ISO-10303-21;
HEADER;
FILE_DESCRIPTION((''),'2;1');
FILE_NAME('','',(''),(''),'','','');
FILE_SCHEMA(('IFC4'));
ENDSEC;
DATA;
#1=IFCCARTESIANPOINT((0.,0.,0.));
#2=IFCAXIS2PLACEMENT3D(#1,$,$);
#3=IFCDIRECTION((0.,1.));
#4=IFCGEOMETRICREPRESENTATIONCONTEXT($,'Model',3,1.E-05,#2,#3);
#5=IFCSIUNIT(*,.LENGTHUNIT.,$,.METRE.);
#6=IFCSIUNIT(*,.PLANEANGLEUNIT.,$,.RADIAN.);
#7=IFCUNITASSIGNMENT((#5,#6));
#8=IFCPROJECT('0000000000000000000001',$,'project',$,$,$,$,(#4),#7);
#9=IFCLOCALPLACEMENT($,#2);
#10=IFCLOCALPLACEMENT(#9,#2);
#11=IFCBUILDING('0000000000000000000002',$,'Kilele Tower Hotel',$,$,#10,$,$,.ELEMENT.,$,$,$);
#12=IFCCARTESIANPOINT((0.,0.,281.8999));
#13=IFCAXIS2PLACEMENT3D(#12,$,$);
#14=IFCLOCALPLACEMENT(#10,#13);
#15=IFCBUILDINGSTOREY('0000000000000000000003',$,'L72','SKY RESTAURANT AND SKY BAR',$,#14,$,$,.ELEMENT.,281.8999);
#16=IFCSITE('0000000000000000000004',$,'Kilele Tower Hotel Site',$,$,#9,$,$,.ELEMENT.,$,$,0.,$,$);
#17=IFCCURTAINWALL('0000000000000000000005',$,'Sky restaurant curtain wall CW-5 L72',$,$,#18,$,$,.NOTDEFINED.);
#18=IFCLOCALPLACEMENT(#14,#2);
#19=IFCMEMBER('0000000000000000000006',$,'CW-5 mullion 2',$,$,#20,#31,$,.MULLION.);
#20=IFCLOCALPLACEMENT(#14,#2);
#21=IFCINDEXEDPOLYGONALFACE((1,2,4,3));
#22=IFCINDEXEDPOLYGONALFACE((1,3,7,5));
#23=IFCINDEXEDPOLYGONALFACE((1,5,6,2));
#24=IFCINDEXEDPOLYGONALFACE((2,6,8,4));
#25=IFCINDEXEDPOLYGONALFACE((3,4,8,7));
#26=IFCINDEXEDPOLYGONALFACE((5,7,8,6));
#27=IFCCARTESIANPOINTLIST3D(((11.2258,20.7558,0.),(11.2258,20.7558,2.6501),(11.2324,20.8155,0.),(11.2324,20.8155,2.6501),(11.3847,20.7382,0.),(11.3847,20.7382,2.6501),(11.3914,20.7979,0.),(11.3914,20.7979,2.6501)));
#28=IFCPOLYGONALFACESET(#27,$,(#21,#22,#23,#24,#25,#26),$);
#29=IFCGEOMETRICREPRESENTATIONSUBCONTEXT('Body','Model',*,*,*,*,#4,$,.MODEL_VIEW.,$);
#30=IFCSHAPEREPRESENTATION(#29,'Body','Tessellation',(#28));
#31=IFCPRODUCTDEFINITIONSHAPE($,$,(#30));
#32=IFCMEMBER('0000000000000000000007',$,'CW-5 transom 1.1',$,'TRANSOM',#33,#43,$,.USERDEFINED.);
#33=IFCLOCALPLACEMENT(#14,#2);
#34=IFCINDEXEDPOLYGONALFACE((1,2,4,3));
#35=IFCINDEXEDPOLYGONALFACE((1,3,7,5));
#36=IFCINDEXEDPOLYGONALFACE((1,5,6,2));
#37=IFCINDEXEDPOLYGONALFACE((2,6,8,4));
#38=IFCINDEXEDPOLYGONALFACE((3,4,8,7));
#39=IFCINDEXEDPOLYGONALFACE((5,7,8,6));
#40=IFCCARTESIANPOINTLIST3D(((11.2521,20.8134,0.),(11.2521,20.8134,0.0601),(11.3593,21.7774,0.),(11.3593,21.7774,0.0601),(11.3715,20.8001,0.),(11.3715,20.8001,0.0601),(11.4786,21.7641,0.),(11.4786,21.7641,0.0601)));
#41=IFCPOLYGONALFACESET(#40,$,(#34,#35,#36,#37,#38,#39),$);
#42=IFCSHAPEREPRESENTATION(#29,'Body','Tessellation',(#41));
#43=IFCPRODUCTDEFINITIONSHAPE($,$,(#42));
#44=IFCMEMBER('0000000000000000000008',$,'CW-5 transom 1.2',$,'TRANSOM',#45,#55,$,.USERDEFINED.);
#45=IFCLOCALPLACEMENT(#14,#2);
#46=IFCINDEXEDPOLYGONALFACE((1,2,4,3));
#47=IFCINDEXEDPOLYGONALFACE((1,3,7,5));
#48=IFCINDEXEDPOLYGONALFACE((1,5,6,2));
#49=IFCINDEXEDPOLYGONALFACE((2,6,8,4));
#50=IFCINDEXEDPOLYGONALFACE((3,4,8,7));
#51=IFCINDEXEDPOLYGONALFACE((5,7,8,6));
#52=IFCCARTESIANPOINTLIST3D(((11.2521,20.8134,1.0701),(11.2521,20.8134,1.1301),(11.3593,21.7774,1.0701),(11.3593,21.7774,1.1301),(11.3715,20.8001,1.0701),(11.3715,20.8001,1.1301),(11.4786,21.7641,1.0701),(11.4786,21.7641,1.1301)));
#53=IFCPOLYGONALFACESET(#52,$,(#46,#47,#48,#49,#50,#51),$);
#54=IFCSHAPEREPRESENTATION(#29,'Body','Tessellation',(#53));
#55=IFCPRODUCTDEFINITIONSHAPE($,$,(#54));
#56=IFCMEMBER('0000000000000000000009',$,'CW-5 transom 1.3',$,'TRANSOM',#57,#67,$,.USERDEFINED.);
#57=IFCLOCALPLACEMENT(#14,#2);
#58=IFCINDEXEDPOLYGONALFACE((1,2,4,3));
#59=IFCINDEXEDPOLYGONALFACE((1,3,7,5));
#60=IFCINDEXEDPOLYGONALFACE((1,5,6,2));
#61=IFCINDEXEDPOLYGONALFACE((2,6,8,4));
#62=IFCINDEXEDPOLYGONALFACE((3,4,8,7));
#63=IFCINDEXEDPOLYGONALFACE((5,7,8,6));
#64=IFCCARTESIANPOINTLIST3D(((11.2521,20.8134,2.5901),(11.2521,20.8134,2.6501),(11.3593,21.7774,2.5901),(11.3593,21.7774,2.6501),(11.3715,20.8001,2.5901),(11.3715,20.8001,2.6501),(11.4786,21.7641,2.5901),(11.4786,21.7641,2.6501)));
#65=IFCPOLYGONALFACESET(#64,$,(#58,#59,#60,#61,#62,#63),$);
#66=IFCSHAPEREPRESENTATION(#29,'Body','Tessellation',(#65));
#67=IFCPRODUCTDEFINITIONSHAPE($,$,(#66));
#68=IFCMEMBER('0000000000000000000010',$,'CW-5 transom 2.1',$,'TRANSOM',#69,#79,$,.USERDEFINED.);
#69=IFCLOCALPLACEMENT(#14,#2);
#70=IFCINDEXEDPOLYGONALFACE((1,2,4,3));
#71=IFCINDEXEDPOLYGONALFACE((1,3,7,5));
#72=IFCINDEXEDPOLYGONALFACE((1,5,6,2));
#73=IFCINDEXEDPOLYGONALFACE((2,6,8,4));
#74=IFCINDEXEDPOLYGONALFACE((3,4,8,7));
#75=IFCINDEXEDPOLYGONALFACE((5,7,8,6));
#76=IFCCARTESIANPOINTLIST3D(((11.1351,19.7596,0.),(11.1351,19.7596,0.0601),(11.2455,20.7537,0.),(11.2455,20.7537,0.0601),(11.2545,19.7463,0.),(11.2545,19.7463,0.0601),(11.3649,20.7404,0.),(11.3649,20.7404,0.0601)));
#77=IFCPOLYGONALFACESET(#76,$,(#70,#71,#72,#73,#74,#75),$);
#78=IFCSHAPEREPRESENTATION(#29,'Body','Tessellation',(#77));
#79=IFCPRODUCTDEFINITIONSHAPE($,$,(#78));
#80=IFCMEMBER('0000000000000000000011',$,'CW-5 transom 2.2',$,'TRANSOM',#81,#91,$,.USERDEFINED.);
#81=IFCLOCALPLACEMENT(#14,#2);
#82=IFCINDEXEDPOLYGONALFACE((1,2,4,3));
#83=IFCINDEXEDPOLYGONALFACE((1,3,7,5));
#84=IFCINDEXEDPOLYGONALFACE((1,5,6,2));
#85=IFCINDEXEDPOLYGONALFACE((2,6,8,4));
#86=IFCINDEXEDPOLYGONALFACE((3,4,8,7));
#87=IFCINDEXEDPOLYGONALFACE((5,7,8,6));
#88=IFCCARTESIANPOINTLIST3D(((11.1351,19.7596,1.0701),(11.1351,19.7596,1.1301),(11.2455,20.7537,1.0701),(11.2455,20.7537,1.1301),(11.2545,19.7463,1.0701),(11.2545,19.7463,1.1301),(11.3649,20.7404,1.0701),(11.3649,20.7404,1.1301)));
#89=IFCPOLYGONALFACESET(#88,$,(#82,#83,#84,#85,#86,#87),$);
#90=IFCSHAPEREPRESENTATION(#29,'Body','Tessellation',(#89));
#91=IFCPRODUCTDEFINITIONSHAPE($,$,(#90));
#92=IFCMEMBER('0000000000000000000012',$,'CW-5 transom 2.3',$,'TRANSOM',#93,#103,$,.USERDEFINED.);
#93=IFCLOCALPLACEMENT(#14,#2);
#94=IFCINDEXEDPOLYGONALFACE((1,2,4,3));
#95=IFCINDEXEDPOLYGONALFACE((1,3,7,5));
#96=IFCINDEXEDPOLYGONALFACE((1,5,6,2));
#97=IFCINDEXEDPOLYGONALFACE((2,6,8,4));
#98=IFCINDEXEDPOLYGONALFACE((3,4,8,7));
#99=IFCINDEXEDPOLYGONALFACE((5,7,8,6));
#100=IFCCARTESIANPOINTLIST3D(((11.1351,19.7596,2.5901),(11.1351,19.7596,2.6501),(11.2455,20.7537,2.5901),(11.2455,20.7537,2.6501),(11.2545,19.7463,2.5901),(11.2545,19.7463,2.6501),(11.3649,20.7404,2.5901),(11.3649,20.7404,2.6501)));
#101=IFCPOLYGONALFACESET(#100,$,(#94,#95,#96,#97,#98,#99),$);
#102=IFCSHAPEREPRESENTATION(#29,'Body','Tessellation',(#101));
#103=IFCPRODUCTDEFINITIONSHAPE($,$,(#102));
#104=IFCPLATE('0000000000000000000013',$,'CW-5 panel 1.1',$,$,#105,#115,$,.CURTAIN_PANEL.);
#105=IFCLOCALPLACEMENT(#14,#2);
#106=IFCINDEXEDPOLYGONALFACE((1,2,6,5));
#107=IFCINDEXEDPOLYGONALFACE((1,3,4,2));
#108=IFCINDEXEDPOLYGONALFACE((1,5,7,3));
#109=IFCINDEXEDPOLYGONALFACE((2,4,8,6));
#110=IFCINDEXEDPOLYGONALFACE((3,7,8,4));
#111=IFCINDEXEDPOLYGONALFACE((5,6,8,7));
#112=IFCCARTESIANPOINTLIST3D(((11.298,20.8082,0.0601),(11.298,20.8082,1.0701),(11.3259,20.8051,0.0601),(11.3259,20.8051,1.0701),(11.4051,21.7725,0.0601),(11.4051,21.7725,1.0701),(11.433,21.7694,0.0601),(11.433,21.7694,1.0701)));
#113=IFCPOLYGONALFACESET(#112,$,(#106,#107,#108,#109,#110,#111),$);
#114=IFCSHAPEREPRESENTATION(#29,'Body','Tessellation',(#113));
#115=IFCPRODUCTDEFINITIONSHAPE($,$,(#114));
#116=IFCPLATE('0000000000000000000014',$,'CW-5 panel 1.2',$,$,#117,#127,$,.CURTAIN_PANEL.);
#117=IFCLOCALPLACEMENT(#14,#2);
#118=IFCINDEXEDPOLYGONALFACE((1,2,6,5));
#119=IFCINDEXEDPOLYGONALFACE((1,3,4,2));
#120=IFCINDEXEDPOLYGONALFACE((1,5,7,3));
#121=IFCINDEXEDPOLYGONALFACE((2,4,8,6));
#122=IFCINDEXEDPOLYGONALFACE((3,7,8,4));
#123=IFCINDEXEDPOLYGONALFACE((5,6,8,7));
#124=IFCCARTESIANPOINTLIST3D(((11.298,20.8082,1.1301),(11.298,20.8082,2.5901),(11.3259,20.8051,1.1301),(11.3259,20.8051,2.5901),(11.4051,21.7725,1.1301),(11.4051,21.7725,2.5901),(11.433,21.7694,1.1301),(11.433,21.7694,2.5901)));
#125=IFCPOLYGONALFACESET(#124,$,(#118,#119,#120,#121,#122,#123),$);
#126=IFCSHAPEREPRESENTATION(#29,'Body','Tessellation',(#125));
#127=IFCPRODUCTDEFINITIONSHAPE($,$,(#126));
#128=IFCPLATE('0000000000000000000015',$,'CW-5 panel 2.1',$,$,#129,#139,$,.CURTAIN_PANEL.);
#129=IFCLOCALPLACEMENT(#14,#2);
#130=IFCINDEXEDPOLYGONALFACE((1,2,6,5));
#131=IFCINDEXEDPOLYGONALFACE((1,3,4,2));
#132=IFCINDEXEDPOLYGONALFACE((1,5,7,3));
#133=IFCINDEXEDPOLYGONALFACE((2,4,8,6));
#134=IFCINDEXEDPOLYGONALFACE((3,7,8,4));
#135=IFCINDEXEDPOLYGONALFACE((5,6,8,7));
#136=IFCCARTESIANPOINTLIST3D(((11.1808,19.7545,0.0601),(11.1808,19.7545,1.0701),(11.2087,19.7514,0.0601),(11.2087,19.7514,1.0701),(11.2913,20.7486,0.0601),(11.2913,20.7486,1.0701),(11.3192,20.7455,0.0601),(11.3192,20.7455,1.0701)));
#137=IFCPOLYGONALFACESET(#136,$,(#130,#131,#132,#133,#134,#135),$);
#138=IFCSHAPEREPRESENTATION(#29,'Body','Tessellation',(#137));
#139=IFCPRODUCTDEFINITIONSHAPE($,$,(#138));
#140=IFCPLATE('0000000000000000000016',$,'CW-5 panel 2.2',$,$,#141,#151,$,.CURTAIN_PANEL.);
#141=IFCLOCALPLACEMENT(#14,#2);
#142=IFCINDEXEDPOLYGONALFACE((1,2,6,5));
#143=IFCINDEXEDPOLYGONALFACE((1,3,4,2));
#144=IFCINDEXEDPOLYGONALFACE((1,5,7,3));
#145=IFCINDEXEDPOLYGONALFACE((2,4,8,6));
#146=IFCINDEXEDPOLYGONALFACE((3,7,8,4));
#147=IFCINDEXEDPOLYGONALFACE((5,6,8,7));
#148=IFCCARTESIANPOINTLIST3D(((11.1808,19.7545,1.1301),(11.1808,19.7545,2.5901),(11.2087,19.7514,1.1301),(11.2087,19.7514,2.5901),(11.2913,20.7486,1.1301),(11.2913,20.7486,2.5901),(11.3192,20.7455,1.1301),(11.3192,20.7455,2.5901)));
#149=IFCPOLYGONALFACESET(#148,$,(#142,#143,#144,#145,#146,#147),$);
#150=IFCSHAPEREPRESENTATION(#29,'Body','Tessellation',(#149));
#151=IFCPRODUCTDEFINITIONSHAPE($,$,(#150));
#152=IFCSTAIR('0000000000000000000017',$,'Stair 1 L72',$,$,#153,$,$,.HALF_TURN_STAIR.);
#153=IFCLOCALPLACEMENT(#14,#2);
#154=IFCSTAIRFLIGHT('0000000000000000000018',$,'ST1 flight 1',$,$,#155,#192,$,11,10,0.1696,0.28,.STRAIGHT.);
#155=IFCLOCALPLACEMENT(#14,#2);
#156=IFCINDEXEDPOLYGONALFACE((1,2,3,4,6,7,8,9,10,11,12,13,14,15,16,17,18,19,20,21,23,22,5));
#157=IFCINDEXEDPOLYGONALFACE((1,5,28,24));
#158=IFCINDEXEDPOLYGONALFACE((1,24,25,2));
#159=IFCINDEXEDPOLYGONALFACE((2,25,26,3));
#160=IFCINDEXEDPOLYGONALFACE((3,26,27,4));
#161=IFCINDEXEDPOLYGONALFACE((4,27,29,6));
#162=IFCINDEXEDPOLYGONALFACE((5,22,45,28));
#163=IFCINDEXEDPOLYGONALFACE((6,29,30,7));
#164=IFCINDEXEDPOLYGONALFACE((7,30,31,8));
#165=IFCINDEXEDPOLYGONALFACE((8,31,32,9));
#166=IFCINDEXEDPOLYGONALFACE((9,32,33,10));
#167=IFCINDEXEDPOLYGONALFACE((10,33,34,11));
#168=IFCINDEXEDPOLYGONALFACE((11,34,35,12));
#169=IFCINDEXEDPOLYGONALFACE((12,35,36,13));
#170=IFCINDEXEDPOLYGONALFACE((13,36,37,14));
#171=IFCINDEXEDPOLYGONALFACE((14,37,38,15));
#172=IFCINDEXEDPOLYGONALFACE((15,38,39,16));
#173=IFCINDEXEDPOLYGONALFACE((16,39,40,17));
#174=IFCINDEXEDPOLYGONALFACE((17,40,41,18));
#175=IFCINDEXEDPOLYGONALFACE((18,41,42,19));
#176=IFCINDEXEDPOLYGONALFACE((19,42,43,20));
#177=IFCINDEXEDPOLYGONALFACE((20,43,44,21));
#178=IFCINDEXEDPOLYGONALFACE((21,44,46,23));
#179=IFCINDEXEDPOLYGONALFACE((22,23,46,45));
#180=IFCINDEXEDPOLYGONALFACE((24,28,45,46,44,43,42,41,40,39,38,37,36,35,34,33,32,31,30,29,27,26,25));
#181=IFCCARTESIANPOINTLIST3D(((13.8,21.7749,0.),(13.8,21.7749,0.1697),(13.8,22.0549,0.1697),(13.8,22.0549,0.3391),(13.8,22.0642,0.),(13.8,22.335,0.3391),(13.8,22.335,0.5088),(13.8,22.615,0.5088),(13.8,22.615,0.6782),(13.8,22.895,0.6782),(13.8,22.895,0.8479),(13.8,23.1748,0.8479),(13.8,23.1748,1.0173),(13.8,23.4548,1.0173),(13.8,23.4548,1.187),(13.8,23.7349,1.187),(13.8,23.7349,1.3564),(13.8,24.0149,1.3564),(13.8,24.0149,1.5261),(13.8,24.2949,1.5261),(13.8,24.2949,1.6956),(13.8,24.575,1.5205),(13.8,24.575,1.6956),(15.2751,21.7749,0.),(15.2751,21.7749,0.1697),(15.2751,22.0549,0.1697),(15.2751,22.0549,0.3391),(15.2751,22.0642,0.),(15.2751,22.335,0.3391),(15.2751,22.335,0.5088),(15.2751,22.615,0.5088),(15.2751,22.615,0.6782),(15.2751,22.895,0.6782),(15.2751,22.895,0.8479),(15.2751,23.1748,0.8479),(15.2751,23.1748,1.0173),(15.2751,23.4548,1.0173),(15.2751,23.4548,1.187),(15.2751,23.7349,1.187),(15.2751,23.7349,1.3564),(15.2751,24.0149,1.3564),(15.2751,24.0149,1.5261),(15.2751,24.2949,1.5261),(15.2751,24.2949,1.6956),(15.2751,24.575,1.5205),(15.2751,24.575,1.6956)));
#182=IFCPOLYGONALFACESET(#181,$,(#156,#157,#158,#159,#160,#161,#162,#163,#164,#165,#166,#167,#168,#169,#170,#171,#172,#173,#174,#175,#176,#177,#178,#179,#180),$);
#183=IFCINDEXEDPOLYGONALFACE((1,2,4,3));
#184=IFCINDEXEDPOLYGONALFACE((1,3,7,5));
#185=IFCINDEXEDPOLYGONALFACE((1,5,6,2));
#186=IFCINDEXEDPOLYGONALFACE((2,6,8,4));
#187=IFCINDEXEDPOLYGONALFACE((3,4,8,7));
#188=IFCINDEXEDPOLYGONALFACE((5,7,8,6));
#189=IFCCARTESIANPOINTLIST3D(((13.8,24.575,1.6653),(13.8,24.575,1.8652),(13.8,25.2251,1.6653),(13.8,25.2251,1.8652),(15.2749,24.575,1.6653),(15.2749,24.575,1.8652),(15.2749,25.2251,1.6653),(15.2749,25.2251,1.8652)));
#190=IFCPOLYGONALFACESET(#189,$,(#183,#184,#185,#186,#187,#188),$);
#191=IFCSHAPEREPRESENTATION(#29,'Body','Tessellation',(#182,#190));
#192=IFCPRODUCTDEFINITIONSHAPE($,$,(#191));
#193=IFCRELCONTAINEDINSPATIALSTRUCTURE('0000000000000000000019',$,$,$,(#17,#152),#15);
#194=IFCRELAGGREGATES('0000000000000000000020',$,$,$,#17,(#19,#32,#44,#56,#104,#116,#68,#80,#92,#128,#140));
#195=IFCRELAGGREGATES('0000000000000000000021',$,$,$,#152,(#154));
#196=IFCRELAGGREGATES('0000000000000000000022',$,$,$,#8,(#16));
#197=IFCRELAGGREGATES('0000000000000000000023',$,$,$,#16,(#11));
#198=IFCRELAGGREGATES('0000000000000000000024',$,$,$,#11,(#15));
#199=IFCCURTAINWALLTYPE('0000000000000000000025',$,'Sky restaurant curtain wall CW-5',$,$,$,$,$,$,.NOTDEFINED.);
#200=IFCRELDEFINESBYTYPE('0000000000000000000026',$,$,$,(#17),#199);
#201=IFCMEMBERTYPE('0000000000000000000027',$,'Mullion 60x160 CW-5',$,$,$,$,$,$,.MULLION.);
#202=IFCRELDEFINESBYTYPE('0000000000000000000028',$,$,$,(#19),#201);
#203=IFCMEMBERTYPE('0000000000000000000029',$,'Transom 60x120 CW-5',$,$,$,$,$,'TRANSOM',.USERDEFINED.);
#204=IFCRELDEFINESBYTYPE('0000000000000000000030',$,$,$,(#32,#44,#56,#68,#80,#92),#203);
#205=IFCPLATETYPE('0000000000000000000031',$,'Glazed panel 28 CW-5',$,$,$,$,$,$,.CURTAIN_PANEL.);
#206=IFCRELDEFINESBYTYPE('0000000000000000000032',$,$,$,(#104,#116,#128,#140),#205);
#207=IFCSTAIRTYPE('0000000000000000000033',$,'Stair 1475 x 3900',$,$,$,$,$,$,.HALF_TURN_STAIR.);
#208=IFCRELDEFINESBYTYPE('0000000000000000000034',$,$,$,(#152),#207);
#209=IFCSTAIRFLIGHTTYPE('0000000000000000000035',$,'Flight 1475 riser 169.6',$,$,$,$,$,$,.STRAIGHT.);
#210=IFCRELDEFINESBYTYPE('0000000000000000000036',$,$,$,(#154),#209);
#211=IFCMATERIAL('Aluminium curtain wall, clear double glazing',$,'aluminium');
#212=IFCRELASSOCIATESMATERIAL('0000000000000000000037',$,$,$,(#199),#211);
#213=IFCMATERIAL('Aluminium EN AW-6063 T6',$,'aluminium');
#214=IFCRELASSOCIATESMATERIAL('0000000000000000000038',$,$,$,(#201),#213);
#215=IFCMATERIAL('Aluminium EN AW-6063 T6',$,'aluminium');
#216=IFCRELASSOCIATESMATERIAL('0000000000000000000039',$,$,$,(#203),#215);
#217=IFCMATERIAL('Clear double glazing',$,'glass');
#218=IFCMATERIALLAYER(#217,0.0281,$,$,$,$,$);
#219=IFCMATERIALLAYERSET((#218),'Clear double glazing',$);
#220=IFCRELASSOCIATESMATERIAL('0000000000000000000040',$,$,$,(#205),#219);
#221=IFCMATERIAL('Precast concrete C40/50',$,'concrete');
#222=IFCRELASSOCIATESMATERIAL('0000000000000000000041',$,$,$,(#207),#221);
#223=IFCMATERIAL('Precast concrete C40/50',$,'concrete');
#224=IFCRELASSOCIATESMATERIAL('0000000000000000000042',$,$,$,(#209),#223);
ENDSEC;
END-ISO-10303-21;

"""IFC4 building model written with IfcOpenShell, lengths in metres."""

from ifc_helpers import new_model, si_unit, direction, frame, origin, origin_2d, place, context, subcontext, project, spatial, polyline, rectangle, outline, extrude, material, layer, layer_set, material_profile, profile_set, type_object, element, aggregate, save


model = new_model("IFC4")

# Units and contexts
model_context = context("Model", 3, precision=1e-05, world=origin(), true_north=direction((0.0, 1.0)))
body_context = subcontext(model_context, "Body", "Model", "MODEL_VIEW")
ifc_project = project(units=[si_unit("LENGTHUNIT", "METRE"), si_unit("PLANEANGLEUNIT", "RADIAN")], contexts=[model_context])

# Site, building, storey
site_placement = place(None, origin())
site = spatial("IfcSite", under=ifc_project, at=site_placement, Name="Kilele Tower Hotel Site", CompositionType="ELEMENT", RefElevation=0.0)
building_placement = place(site_placement, origin())
building = spatial("IfcBuilding", under=site, at=building_placement, Name="Kilele Tower Hotel", CompositionType="ELEMENT")
storey_placement = place(building_placement, frame((0.0, 0.0, 281.8999)))
storey = spatial("IfcBuildingStorey", under=building, at=storey_placement, Name="L72", Description="SKY RESTAURANT AND SKY BAR", CompositionType="ELEMENT", Elevation=281.8999)

# Curtain wall, members, plates
ifc_material_1 = material(Name="Aluminium curtain wall, clear double glazing", Category="aluminium")
curtain_wall_type = type_object("IfcCurtainWallType", Name="Sky restaurant curtain wall CW-5", PredefinedType="NOTDEFINED", material=ifc_material_1)
curtain_wall_placement = place(storey_placement, origin())
curtain_wall = element("IfcCurtainWall", 1, at=curtain_wall_placement, inside=storey, type_object=curtain_wall_type, Name="Sky restaurant curtain wall CW-5 L72", PredefinedType="NOTDEFINED")
ifc_material_2 = material(Name="Aluminium EN AW-6063 T6", Category="aluminium")
ifc_material_profile_1 = material_profile(ifc_material_2, rectangle(XDim=0.1599, YDim=0.0601, at=origin_2d()))
ifc_profile_set_1 = profile_set([ifc_material_profile_1], Name="Aluminium EN AW-6063 T6")
member_type_1 = type_object("IfcMemberType", Name="Mullion 60x160 CW-5", PredefinedType="MULLION", material=ifc_profile_set_1)
member_1_placement = place(storey_placement, frame((11.3086, 20.7769, 0.0), z_axis=(0.0, 0.0, 1.0), x_axis=(0.993884, -0.110432, 0.0)))
member_1 = element("IfcMember", 2, at=member_1_placement, type_object=member_type_1, Name="CW-5 mullion 2", PredefinedType="MULLION", context=body_context, shape_type="SweptSolid", body=[
    extrude(rectangle(XDim=0.1599, YDim=0.0601, at=origin_2d()), origin(), (0.0, 0.0, 1.0), 2.6501),
])
ifc_material_3 = material(Name="Aluminium EN AW-6063 T6", Category="aluminium")
ifc_material_profile_2 = material_profile(ifc_material_3, rectangle(XDim=0.1201, YDim=0.0601, at=origin_2d()))
ifc_profile_set_2 = profile_set([ifc_material_profile_2], Name="Aluminium EN AW-6063 T6")
member_type_2 = type_object("IfcMemberType", Name="Transom 60x120 CW-5", ElementType="TRANSOM", PredefinedType="USERDEFINED", material=ifc_profile_set_2)
member_2_placement = place(storey_placement, frame((11.4189, 21.7708, 0.03), z_axis=(-0.110487, -0.993878, 0.0), x_axis=(0.993878, -0.110487, 0.0)))
member_2 = element("IfcMember", 3, at=member_2_placement, type_object=member_type_2, Name="CW-5 transom 1.1", ObjectType="TRANSOM", PredefinedType="USERDEFINED", context=body_context, shape_type="SweptSolid", body=[
    extrude(rectangle(XDim=0.1201, YDim=0.0601, at=origin_2d()), origin(), (0.0, 0.0, 1.0), 0.97),
])
member_3_placement = place(storey_placement, frame((11.4189, 21.7708, 1.1001), z_axis=(-0.110487, -0.993878, 0.0), x_axis=(0.993878, -0.110487, 0.0)))
member_3 = element("IfcMember", 4, at=member_3_placement, type_object=member_type_2, Name="CW-5 transom 1.2", ObjectType="TRANSOM", PredefinedType="USERDEFINED", context=body_context, shape_type="SweptSolid", body=[
    extrude(rectangle(XDim=0.1201, YDim=0.0601, at=origin_2d()), origin(), (0.0, 0.0, 1.0), 0.97),
])
member_4_placement = place(storey_placement, frame((11.4189, 21.7708, 2.6201), z_axis=(-0.110487, -0.993878, 0.0), x_axis=(0.993878, -0.110487, 0.0)))
member_4 = element("IfcMember", 5, at=member_4_placement, type_object=member_type_2, Name="CW-5 transom 1.3", ObjectType="TRANSOM", PredefinedType="USERDEFINED", context=body_context, shape_type="SweptSolid", body=[
    extrude(rectangle(XDim=0.1201, YDim=0.0601, at=origin_2d()), origin(), (0.0, 0.0, 1.0), 0.97),
])
member_5_placement = place(storey_placement, frame((11.3052, 20.7471, 0.03), z_axis=(-0.110324, -0.993896, 0.0), x_axis=(0.993896, -0.110324, 0.0)))
member_5 = element("IfcMember", 6, at=member_5_placement, type_object=member_type_2, Name="CW-5 transom 2.1", ObjectType="TRANSOM", PredefinedType="USERDEFINED", context=body_context, shape_type="SweptSolid", body=[
    extrude(rectangle(XDim=0.1201, YDim=0.0601, at=origin_2d()), origin(), (0.0, 0.0, 1.0), 1.0002),
])
member_6_placement = place(storey_placement, frame((11.3052, 20.7471, 1.1001), z_axis=(-0.110324, -0.993896, 0.0), x_axis=(0.993896, -0.110324, 0.0)))
member_6 = element("IfcMember", 7, at=member_6_placement, type_object=member_type_2, Name="CW-5 transom 2.2", ObjectType="TRANSOM", PredefinedType="USERDEFINED", context=body_context, shape_type="SweptSolid", body=[
    extrude(rectangle(XDim=0.1201, YDim=0.0601, at=origin_2d()), origin(), (0.0, 0.0, 1.0), 1.0002),
])
member_7_placement = place(storey_placement, frame((11.3052, 20.7471, 2.6201), z_axis=(-0.110324, -0.993896, 0.0), x_axis=(0.993896, -0.110324, 0.0)))
member_7 = element("IfcMember", 8, at=member_7_placement, type_object=member_type_2, Name="CW-5 transom 2.3", ObjectType="TRANSOM", PredefinedType="USERDEFINED", context=body_context, shape_type="SweptSolid", body=[
    extrude(rectangle(XDim=0.1201, YDim=0.0601, at=origin_2d()), origin(), (0.0, 0.0, 1.0), 1.0002),
])
ifc_material_4 = material(Name="Clear double glazing", Category="glass")
ifc_layer = layer(ifc_material_4, 0.0281)
ifc_layer_set = layer_set([ifc_layer], Name="Clear double glazing")
plate_type = type_object("IfcPlateType", Name="Glazed panel 28 CW-5", PredefinedType="CURTAIN_PANEL", material=ifc_layer_set)
plate_1_placement = place(storey_placement, frame((11.3655, 21.2888, 0.0601), z_axis=(0.0, 0.0, 1.0), x_axis=(-0.110432, -0.993884, 0.0)))
plate_1 = element("IfcPlate", 9, at=plate_1_placement, type_object=plate_type, Name="CW-5 panel 1.1", PredefinedType="CURTAIN_PANEL", context=body_context, shape_type="SweptSolid", body=[
    extrude(rectangle(XDim=0.9702, YDim=0.0281, at=origin_2d()), origin(), (0.0, 0.0, 1.0), 1.01),
])
plate_2_placement = place(storey_placement, frame((11.3655, 21.2888, 1.1301), z_axis=(0.0, 0.0, 1.0), x_axis=(-0.110432, -0.993884, 0.0)))
plate_2 = element("IfcPlate", 10, at=plate_2_placement, type_object=plate_type, Name="CW-5 panel 1.2", PredefinedType="CURTAIN_PANEL", context=body_context, shape_type="SweptSolid", body=[
    extrude(rectangle(XDim=0.9702, YDim=0.0281, at=origin_2d()), origin(), (0.0, 0.0, 1.0), 1.46),
])
plate_3_placement = place(storey_placement, frame((11.25, 20.25, 0.0601), z_axis=(0.0, 0.0, 1.0), x_axis=(-0.110432, -0.993884, 0.0)))
plate_3 = element("IfcPlate", 11, at=plate_3_placement, type_object=plate_type, Name="CW-5 panel 2.1", PredefinedType="CURTAIN_PANEL", context=body_context, shape_type="SweptSolid", body=[
    extrude(rectangle(XDim=1.0002, YDim=0.0281, at=origin_2d()), origin(), (0.0, 0.0, 1.0), 1.01),
])
plate_4_placement = place(storey_placement, frame((11.25, 20.25, 1.1301), z_axis=(0.0, 0.0, 1.0), x_axis=(-0.110432, -0.993884, 0.0)))
plate_4 = element("IfcPlate", 12, at=plate_4_placement, type_object=plate_type, Name="CW-5 panel 2.2", PredefinedType="CURTAIN_PANEL", context=body_context, shape_type="SweptSolid", body=[
    extrude(rectangle(XDim=1.0002, YDim=0.0281, at=origin_2d()), origin(), (0.0, 0.0, 1.0), 1.46),
])
aggregate(curtain_wall, [member_1, member_2, member_3, member_4, plate_1, plate_2, member_5, member_6, member_7, plate_3, plate_4])

# Stair, stair flight
ifc_material_5 = material(Name="Precast concrete C40/50", Category="concrete")
stair_type = type_object("IfcStairType", Name="Stair 1475 x 3900", PredefinedType="HALF_TURN_STAIR", material=ifc_material_5)
stair_placement = place(storey_placement, origin())
stair = element("IfcStair", 13, at=stair_placement, inside=storey, type_object=stair_type, Name="Stair 1 L72", PredefinedType="HALF_TURN_STAIR")
ifc_material_6 = material(Name="Precast concrete C40/50", Category="concrete")
stair_flight_type = type_object("IfcStairFlightType", Name="Flight 1475 riser 169.6", PredefinedType="STRAIGHT", material=ifc_material_6)
stair_flight_placement = place(storey_placement, frame((14.5376, 21.7749, 0.0), z_axis=(0.0, 0.0, 1.0), x_axis=(0.0, 1.0, 0.0)))
stair_flight = element("IfcStairFlight", 14, at=stair_flight_placement, type_object=stair_flight_type, Name="ST1 flight 1", NumberOfRisers=11, NumberOfTreads=10, PredefinedType="STRAIGHT", RiserHeight=0.1696, TreadLength=0.28, context=body_context, shape_type="SweptSolid", body=[
    extrude(outline(polyline([(0.0, 0.0), (0.0, 0.1697), (0.28, 0.1697), (0.28, 0.3391), (0.5601, 0.3391), (0.5601, 0.5088), (0.8401, 0.5088), (0.8401, 0.6782), (1.1201, 0.6782), (1.1201, 0.8479), (1.3999, 0.8479), (1.3999, 1.0173), (1.6799, 1.0173), (1.6799, 1.187), (1.96, 1.187), (1.96, 1.3564), (2.24, 1.3564), (2.24, 1.5261), (2.52, 1.5261), (2.52, 1.6956), (2.8, 1.6956), (2.8, 1.8652), (2.8, 1.5205), (0.2893, 0.0), (0.0, 0.0)])), frame((0.0, 0.7375, 0.0), z_axis=(0.0, -1.0, 0.0), x_axis=(1.0, 0.0, 0.0)), (0.0, 0.0, 1.0), 1.4751),
    extrude(outline(polyline([(2.8, 0.7375), (2.8, -0.7373), (3.4502, -0.7373), (3.4502, 0.7375), (2.8, 0.7375)])), frame((0.0, 0.0, 1.6653)), (0.0, 0.0, 1.0), 0.2),
])
aggregate(stair, [stair_flight])

save(model, "model.ifc")
